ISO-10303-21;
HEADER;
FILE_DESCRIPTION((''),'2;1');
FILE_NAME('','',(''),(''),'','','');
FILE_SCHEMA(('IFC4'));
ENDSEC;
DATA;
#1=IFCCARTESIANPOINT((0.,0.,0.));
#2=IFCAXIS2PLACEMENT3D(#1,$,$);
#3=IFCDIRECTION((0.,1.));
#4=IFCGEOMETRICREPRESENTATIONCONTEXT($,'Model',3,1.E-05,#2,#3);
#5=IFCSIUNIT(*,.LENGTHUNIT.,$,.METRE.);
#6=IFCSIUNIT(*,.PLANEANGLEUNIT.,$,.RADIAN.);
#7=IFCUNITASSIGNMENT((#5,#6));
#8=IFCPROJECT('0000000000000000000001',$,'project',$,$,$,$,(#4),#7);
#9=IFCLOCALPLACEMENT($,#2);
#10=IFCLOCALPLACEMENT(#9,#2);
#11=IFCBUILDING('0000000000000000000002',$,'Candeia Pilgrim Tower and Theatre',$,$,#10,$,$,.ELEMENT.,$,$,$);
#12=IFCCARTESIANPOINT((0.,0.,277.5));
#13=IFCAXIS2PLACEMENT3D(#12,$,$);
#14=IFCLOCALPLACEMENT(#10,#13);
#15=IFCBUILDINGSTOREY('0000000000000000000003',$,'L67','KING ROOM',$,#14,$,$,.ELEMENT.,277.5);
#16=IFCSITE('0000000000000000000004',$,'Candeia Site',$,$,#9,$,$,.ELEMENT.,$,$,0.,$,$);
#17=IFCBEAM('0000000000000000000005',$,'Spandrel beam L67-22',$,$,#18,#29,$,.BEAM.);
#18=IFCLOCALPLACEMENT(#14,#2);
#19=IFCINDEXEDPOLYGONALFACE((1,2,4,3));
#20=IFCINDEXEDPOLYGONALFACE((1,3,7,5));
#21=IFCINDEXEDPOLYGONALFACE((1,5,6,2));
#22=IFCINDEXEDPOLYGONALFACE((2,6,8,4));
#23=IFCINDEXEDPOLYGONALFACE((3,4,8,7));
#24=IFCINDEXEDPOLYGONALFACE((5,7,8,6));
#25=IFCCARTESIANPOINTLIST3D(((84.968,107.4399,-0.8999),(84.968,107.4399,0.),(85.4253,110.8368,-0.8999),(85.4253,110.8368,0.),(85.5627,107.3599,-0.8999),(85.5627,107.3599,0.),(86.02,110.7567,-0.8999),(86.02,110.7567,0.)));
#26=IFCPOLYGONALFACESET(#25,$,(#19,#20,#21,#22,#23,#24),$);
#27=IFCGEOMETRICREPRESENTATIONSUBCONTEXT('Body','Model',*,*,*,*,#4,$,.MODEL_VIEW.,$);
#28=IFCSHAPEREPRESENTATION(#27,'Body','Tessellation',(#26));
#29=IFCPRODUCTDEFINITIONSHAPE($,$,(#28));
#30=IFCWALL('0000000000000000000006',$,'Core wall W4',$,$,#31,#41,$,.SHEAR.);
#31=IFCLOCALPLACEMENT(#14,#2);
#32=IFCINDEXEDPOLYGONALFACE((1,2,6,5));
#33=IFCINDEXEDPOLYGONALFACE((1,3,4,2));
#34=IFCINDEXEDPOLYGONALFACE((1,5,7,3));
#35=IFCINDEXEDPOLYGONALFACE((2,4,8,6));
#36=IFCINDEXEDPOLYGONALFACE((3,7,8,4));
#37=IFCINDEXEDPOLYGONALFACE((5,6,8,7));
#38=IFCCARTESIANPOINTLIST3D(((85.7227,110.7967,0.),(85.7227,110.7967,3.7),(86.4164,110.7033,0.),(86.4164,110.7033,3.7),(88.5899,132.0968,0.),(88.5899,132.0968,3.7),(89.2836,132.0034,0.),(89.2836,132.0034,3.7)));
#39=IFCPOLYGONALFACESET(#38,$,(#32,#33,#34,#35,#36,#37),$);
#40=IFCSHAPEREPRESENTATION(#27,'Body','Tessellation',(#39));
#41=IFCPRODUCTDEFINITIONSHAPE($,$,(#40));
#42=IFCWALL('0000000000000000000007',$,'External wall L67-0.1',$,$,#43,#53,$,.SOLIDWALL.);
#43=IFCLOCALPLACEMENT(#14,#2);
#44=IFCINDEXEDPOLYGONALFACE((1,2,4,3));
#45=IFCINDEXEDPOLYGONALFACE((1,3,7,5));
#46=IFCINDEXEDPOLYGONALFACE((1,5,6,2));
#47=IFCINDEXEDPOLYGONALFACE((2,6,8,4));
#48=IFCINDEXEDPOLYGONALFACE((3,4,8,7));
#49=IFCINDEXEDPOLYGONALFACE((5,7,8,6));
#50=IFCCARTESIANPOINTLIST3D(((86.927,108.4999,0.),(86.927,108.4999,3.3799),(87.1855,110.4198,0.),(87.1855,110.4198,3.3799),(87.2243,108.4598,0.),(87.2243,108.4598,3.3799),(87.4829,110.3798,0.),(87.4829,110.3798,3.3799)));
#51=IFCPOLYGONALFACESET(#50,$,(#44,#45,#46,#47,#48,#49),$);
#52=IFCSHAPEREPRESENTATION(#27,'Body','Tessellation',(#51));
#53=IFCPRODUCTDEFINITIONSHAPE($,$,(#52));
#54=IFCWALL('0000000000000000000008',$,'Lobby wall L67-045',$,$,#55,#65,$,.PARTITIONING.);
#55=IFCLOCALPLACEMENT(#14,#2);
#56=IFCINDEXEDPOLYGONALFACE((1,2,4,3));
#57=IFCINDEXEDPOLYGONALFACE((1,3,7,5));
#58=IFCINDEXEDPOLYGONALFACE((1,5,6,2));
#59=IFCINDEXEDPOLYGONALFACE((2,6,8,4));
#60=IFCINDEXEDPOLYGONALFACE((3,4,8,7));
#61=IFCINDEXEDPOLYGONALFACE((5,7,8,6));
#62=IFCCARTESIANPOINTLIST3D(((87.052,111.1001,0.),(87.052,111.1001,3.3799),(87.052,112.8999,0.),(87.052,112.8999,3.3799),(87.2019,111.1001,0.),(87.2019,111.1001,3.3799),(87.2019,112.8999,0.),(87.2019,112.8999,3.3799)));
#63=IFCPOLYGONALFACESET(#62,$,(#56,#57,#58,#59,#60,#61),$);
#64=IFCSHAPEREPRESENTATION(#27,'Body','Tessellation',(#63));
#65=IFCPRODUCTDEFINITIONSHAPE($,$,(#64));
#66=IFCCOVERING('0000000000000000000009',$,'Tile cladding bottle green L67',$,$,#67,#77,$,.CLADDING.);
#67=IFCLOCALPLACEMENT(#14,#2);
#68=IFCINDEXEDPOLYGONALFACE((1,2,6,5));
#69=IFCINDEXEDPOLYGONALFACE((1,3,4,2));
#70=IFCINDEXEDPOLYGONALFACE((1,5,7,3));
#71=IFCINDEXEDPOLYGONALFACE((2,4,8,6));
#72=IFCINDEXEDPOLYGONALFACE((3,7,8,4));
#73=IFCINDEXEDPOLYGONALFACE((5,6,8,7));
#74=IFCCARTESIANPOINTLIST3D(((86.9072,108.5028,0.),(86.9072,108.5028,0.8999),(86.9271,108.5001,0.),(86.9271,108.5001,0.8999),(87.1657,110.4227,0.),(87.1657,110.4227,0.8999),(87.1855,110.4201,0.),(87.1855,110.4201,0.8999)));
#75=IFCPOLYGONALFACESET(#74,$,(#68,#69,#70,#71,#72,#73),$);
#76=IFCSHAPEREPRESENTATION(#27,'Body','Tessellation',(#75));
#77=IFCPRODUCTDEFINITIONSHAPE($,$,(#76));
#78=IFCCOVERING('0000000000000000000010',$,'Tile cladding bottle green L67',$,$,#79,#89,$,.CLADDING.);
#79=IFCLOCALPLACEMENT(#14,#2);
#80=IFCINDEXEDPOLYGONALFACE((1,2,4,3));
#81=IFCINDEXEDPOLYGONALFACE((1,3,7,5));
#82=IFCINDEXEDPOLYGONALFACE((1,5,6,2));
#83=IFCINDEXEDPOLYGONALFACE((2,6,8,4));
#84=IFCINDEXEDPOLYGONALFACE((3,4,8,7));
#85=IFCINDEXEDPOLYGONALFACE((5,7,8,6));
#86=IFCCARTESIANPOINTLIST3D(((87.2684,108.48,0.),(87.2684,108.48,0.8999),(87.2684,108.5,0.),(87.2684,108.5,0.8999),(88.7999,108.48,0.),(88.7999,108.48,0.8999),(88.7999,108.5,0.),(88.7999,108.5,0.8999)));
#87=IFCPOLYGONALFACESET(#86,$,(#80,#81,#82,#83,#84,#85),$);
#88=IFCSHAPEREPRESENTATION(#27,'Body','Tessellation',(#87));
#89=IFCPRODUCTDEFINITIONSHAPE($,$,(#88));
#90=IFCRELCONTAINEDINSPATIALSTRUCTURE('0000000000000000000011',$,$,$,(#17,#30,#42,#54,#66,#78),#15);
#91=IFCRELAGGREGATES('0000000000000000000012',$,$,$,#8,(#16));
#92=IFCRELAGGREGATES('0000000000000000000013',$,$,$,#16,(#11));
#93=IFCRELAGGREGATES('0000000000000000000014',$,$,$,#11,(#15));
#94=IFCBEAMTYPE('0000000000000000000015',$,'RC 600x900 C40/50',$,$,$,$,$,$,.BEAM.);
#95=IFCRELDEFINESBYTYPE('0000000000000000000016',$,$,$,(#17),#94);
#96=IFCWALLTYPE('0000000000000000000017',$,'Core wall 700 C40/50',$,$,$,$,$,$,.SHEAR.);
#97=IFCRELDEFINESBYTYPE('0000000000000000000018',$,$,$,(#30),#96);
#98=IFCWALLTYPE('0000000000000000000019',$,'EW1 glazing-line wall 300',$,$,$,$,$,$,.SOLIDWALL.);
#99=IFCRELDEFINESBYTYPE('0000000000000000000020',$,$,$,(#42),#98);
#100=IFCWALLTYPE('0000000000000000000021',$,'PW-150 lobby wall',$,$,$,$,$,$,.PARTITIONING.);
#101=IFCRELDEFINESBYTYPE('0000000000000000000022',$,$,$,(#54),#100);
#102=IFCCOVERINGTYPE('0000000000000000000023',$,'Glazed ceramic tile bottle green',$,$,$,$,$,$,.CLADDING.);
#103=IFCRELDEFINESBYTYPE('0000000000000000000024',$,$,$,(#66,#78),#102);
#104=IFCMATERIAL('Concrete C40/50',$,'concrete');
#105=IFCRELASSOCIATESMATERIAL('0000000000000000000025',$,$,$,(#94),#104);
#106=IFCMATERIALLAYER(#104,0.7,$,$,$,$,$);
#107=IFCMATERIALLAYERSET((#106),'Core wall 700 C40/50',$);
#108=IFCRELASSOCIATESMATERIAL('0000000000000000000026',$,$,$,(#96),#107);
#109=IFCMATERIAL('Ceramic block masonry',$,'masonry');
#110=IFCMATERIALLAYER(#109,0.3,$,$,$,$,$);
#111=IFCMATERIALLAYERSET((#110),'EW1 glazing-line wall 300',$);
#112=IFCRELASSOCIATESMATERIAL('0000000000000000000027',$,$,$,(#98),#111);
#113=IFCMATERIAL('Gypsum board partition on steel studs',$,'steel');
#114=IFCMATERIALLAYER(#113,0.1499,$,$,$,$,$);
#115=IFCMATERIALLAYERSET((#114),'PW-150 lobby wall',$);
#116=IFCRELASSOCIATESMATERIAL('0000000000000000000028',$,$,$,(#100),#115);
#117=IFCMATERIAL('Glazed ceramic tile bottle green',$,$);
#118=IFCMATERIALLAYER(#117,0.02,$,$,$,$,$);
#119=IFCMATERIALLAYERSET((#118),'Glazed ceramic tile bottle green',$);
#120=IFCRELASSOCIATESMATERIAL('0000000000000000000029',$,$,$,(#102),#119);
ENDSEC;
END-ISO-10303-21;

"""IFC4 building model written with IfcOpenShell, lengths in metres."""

from ifc_helpers import new_model, si_unit, direction, frame, frame_2d, origin, origin_2d, place, context, subcontext, project, spatial, rectangle, extrude, material, layer, layer_set, material_profile, profile_set, type_object, element, save


model = new_model("IFC4")

# Units and contexts
model_context = context("Model", 3, precision=1e-05, world=origin(), true_north=direction((0.0, 1.0)))
body_context = subcontext(model_context, "Body", "Model", "MODEL_VIEW")
ifc_project = project(units=[si_unit("LENGTHUNIT", "METRE"), si_unit("PLANEANGLEUNIT", "RADIAN")], contexts=[model_context])

# Site, building, storey
site_placement = place(None, origin())
site = spatial("IfcSite", under=ifc_project, at=site_placement, Name="Candeia Site", CompositionType="ELEMENT", RefElevation=0.0)
building_placement = place(site_placement, origin())
building = spatial("IfcBuilding", under=site, at=building_placement, Name="Candeia Pilgrim Tower and Theatre", CompositionType="ELEMENT")
storey_placement = place(building_placement, frame((0.0, 0.0, 277.5)))
storey = spatial("IfcBuildingStorey", under=building, at=storey_placement, Name="L67", Description="KING ROOM", CompositionType="ELEMENT", Elevation=277.5)

# Beam
ifc_material_1 = material(Name="Concrete C40/50", Category="concrete")
ifc_material_profile = material_profile(ifc_material_1, rectangle(XDim=0.6001, YDim=0.8999, at=origin_2d()))
ifc_profile_set = profile_set([ifc_material_profile], Name="Concrete C40/50")
beam_type = type_object("IfcBeamType", Name="RC 600x900 C40/50", PredefinedType="BEAM", material=ifc_profile_set)
beam_placement = place(storey_placement, frame((85.2654, 107.3999, -0.45), z_axis=(0.133419, 0.99106, 0.0), x_axis=(-0.99106, 0.133419, 0.0)))
element("IfcBeam", 1, at=beam_placement, inside=storey, type_object=beam_type, Name="Spandrel beam L67-22", PredefinedType="BEAM", context=body_context, shape_type="SweptSolid", body=[
    extrude(rectangle(XDim=0.6001, YDim=0.8999, at=origin_2d()), origin(), (0.0, 0.0, 1.0), 3.4275),
])

# Walls
ifc_layer_1 = layer(ifc_material_1, 0.7)
ifc_layer_set_1 = layer_set([ifc_layer_1], Name="Core wall 700 C40/50")
wall_type_1 = type_object("IfcWallType", Name="Core wall 700 C40/50", PredefinedType="SHEAR", material=ifc_layer_set_1)
wall_1_placement = place(storey_placement, frame((86.0696, 110.75, 0.0), z_axis=(0.0, 0.0, 1.0), x_axis=(0.133406, 0.991061, 0.0)))
element("IfcWall", 2, at=wall_1_placement, inside=storey, type_object=wall_type_1, Name="Core wall W4", PredefinedType="SHEAR", context=body_context, shape_type="SweptSolid", body=[
    extrude(rectangle(XDim=21.4922, YDim=0.7, at=frame_2d((10.7461, 0.0))), origin(), (0.0, 0.0, 1.0), 3.7),
])
ifc_material_2 = material(Name="Ceramic block masonry", Category="masonry")
ifc_layer_2 = layer(ifc_material_2, 0.3)
ifc_layer_set_2 = layer_set([ifc_layer_2], Name="EW1 glazing-line wall 300")
wall_type_2 = type_object("IfcWallType", Name="EW1 glazing-line wall 300", PredefinedType="SOLIDWALL", material=ifc_layer_set_2)
wall_2_placement = place(storey_placement, frame((87.3342, 110.3999, 0.0), z_axis=(0.0, 0.0, 1.0), x_axis=(-0.13346, -0.991054, 0.0)))
element("IfcWall", 3, at=wall_2_placement, inside=storey, type_object=wall_type_2, Name="External wall L67-0.1", PredefinedType="SOLIDWALL", context=body_context, shape_type="SweptSolid", body=[
    extrude(rectangle(XDim=1.9373, YDim=0.3, at=frame_2d((0.9688, 0.0))), origin(), (0.0, 0.0, 1.0), 3.3799),
])

# Wall
ifc_material_3 = material(Name="Gypsum board partition on steel studs", Category="steel")
ifc_layer_3 = layer(ifc_material_3, 0.1499)
ifc_layer_set_3 = layer_set([ifc_layer_3], Name="PW-150 lobby wall")
wall_type_3 = type_object("IfcWallType", Name="PW-150 lobby wall", PredefinedType="PARTITIONING", material=ifc_layer_set_3)
wall_3_placement = place(storey_placement, frame((87.127, 111.1001, 0.0), z_axis=(0.0, 0.0, 1.0), x_axis=(0.0, 1.0, 0.0)))
element("IfcWall", 4, at=wall_3_placement, inside=storey, type_object=wall_type_3, Name="Lobby wall L67-045", PredefinedType="PARTITIONING", context=body_context, shape_type="SweptSolid", body=[
    extrude(rectangle(XDim=1.7998, YDim=0.1499, at=frame_2d((0.8999, 0.0))), origin(), (0.0, 0.0, 1.0), 3.3799),
])

# Coverings
ifc_material_4 = material(Name="Glazed ceramic tile bottle green")
ifc_layer_4 = layer(ifc_material_4, 0.02)
ifc_layer_set_4 = layer_set([ifc_layer_4], Name="Glazed ceramic tile bottle green")
covering_type = type_object("IfcCoveringType", Name="Glazed ceramic tile bottle green", PredefinedType="CLADDING", material=ifc_layer_set_4)
covering_1_placement = place(storey_placement, frame((87.0464, 109.4614, 0.0), z_axis=(0.0, 0.0, 1.0), x_axis=(-0.133412, -0.991061, 0.0)))
element("IfcCovering", 5, at=covering_1_placement, inside=storey, type_object=covering_type, Name="Tile cladding bottle green L67", PredefinedType="CLADDING", context=body_context, shape_type="SweptSolid", body=[
    extrude(rectangle(XDim=1.9373, YDim=0.02, at=origin_2d()), origin(), (0.0, 0.0, 1.0), 0.8999),
])
covering_2_placement = place(storey_placement, frame((88.0342, 108.49, 0.0), z_axis=(0.0, 0.0, 1.0), x_axis=(1.0, 0.0, 0.0)))
element("IfcCovering", 6, at=covering_2_placement, inside=storey, type_object=covering_type, Name="Tile cladding bottle green L67", PredefinedType="CLADDING", context=body_context, shape_type="SweptSolid", body=[
    extrude(rectangle(XDim=1.5315, YDim=0.02, at=origin_2d()), origin(), (0.0, 0.0, 1.0), 0.8999),
])

save(model, "model.ifc")
